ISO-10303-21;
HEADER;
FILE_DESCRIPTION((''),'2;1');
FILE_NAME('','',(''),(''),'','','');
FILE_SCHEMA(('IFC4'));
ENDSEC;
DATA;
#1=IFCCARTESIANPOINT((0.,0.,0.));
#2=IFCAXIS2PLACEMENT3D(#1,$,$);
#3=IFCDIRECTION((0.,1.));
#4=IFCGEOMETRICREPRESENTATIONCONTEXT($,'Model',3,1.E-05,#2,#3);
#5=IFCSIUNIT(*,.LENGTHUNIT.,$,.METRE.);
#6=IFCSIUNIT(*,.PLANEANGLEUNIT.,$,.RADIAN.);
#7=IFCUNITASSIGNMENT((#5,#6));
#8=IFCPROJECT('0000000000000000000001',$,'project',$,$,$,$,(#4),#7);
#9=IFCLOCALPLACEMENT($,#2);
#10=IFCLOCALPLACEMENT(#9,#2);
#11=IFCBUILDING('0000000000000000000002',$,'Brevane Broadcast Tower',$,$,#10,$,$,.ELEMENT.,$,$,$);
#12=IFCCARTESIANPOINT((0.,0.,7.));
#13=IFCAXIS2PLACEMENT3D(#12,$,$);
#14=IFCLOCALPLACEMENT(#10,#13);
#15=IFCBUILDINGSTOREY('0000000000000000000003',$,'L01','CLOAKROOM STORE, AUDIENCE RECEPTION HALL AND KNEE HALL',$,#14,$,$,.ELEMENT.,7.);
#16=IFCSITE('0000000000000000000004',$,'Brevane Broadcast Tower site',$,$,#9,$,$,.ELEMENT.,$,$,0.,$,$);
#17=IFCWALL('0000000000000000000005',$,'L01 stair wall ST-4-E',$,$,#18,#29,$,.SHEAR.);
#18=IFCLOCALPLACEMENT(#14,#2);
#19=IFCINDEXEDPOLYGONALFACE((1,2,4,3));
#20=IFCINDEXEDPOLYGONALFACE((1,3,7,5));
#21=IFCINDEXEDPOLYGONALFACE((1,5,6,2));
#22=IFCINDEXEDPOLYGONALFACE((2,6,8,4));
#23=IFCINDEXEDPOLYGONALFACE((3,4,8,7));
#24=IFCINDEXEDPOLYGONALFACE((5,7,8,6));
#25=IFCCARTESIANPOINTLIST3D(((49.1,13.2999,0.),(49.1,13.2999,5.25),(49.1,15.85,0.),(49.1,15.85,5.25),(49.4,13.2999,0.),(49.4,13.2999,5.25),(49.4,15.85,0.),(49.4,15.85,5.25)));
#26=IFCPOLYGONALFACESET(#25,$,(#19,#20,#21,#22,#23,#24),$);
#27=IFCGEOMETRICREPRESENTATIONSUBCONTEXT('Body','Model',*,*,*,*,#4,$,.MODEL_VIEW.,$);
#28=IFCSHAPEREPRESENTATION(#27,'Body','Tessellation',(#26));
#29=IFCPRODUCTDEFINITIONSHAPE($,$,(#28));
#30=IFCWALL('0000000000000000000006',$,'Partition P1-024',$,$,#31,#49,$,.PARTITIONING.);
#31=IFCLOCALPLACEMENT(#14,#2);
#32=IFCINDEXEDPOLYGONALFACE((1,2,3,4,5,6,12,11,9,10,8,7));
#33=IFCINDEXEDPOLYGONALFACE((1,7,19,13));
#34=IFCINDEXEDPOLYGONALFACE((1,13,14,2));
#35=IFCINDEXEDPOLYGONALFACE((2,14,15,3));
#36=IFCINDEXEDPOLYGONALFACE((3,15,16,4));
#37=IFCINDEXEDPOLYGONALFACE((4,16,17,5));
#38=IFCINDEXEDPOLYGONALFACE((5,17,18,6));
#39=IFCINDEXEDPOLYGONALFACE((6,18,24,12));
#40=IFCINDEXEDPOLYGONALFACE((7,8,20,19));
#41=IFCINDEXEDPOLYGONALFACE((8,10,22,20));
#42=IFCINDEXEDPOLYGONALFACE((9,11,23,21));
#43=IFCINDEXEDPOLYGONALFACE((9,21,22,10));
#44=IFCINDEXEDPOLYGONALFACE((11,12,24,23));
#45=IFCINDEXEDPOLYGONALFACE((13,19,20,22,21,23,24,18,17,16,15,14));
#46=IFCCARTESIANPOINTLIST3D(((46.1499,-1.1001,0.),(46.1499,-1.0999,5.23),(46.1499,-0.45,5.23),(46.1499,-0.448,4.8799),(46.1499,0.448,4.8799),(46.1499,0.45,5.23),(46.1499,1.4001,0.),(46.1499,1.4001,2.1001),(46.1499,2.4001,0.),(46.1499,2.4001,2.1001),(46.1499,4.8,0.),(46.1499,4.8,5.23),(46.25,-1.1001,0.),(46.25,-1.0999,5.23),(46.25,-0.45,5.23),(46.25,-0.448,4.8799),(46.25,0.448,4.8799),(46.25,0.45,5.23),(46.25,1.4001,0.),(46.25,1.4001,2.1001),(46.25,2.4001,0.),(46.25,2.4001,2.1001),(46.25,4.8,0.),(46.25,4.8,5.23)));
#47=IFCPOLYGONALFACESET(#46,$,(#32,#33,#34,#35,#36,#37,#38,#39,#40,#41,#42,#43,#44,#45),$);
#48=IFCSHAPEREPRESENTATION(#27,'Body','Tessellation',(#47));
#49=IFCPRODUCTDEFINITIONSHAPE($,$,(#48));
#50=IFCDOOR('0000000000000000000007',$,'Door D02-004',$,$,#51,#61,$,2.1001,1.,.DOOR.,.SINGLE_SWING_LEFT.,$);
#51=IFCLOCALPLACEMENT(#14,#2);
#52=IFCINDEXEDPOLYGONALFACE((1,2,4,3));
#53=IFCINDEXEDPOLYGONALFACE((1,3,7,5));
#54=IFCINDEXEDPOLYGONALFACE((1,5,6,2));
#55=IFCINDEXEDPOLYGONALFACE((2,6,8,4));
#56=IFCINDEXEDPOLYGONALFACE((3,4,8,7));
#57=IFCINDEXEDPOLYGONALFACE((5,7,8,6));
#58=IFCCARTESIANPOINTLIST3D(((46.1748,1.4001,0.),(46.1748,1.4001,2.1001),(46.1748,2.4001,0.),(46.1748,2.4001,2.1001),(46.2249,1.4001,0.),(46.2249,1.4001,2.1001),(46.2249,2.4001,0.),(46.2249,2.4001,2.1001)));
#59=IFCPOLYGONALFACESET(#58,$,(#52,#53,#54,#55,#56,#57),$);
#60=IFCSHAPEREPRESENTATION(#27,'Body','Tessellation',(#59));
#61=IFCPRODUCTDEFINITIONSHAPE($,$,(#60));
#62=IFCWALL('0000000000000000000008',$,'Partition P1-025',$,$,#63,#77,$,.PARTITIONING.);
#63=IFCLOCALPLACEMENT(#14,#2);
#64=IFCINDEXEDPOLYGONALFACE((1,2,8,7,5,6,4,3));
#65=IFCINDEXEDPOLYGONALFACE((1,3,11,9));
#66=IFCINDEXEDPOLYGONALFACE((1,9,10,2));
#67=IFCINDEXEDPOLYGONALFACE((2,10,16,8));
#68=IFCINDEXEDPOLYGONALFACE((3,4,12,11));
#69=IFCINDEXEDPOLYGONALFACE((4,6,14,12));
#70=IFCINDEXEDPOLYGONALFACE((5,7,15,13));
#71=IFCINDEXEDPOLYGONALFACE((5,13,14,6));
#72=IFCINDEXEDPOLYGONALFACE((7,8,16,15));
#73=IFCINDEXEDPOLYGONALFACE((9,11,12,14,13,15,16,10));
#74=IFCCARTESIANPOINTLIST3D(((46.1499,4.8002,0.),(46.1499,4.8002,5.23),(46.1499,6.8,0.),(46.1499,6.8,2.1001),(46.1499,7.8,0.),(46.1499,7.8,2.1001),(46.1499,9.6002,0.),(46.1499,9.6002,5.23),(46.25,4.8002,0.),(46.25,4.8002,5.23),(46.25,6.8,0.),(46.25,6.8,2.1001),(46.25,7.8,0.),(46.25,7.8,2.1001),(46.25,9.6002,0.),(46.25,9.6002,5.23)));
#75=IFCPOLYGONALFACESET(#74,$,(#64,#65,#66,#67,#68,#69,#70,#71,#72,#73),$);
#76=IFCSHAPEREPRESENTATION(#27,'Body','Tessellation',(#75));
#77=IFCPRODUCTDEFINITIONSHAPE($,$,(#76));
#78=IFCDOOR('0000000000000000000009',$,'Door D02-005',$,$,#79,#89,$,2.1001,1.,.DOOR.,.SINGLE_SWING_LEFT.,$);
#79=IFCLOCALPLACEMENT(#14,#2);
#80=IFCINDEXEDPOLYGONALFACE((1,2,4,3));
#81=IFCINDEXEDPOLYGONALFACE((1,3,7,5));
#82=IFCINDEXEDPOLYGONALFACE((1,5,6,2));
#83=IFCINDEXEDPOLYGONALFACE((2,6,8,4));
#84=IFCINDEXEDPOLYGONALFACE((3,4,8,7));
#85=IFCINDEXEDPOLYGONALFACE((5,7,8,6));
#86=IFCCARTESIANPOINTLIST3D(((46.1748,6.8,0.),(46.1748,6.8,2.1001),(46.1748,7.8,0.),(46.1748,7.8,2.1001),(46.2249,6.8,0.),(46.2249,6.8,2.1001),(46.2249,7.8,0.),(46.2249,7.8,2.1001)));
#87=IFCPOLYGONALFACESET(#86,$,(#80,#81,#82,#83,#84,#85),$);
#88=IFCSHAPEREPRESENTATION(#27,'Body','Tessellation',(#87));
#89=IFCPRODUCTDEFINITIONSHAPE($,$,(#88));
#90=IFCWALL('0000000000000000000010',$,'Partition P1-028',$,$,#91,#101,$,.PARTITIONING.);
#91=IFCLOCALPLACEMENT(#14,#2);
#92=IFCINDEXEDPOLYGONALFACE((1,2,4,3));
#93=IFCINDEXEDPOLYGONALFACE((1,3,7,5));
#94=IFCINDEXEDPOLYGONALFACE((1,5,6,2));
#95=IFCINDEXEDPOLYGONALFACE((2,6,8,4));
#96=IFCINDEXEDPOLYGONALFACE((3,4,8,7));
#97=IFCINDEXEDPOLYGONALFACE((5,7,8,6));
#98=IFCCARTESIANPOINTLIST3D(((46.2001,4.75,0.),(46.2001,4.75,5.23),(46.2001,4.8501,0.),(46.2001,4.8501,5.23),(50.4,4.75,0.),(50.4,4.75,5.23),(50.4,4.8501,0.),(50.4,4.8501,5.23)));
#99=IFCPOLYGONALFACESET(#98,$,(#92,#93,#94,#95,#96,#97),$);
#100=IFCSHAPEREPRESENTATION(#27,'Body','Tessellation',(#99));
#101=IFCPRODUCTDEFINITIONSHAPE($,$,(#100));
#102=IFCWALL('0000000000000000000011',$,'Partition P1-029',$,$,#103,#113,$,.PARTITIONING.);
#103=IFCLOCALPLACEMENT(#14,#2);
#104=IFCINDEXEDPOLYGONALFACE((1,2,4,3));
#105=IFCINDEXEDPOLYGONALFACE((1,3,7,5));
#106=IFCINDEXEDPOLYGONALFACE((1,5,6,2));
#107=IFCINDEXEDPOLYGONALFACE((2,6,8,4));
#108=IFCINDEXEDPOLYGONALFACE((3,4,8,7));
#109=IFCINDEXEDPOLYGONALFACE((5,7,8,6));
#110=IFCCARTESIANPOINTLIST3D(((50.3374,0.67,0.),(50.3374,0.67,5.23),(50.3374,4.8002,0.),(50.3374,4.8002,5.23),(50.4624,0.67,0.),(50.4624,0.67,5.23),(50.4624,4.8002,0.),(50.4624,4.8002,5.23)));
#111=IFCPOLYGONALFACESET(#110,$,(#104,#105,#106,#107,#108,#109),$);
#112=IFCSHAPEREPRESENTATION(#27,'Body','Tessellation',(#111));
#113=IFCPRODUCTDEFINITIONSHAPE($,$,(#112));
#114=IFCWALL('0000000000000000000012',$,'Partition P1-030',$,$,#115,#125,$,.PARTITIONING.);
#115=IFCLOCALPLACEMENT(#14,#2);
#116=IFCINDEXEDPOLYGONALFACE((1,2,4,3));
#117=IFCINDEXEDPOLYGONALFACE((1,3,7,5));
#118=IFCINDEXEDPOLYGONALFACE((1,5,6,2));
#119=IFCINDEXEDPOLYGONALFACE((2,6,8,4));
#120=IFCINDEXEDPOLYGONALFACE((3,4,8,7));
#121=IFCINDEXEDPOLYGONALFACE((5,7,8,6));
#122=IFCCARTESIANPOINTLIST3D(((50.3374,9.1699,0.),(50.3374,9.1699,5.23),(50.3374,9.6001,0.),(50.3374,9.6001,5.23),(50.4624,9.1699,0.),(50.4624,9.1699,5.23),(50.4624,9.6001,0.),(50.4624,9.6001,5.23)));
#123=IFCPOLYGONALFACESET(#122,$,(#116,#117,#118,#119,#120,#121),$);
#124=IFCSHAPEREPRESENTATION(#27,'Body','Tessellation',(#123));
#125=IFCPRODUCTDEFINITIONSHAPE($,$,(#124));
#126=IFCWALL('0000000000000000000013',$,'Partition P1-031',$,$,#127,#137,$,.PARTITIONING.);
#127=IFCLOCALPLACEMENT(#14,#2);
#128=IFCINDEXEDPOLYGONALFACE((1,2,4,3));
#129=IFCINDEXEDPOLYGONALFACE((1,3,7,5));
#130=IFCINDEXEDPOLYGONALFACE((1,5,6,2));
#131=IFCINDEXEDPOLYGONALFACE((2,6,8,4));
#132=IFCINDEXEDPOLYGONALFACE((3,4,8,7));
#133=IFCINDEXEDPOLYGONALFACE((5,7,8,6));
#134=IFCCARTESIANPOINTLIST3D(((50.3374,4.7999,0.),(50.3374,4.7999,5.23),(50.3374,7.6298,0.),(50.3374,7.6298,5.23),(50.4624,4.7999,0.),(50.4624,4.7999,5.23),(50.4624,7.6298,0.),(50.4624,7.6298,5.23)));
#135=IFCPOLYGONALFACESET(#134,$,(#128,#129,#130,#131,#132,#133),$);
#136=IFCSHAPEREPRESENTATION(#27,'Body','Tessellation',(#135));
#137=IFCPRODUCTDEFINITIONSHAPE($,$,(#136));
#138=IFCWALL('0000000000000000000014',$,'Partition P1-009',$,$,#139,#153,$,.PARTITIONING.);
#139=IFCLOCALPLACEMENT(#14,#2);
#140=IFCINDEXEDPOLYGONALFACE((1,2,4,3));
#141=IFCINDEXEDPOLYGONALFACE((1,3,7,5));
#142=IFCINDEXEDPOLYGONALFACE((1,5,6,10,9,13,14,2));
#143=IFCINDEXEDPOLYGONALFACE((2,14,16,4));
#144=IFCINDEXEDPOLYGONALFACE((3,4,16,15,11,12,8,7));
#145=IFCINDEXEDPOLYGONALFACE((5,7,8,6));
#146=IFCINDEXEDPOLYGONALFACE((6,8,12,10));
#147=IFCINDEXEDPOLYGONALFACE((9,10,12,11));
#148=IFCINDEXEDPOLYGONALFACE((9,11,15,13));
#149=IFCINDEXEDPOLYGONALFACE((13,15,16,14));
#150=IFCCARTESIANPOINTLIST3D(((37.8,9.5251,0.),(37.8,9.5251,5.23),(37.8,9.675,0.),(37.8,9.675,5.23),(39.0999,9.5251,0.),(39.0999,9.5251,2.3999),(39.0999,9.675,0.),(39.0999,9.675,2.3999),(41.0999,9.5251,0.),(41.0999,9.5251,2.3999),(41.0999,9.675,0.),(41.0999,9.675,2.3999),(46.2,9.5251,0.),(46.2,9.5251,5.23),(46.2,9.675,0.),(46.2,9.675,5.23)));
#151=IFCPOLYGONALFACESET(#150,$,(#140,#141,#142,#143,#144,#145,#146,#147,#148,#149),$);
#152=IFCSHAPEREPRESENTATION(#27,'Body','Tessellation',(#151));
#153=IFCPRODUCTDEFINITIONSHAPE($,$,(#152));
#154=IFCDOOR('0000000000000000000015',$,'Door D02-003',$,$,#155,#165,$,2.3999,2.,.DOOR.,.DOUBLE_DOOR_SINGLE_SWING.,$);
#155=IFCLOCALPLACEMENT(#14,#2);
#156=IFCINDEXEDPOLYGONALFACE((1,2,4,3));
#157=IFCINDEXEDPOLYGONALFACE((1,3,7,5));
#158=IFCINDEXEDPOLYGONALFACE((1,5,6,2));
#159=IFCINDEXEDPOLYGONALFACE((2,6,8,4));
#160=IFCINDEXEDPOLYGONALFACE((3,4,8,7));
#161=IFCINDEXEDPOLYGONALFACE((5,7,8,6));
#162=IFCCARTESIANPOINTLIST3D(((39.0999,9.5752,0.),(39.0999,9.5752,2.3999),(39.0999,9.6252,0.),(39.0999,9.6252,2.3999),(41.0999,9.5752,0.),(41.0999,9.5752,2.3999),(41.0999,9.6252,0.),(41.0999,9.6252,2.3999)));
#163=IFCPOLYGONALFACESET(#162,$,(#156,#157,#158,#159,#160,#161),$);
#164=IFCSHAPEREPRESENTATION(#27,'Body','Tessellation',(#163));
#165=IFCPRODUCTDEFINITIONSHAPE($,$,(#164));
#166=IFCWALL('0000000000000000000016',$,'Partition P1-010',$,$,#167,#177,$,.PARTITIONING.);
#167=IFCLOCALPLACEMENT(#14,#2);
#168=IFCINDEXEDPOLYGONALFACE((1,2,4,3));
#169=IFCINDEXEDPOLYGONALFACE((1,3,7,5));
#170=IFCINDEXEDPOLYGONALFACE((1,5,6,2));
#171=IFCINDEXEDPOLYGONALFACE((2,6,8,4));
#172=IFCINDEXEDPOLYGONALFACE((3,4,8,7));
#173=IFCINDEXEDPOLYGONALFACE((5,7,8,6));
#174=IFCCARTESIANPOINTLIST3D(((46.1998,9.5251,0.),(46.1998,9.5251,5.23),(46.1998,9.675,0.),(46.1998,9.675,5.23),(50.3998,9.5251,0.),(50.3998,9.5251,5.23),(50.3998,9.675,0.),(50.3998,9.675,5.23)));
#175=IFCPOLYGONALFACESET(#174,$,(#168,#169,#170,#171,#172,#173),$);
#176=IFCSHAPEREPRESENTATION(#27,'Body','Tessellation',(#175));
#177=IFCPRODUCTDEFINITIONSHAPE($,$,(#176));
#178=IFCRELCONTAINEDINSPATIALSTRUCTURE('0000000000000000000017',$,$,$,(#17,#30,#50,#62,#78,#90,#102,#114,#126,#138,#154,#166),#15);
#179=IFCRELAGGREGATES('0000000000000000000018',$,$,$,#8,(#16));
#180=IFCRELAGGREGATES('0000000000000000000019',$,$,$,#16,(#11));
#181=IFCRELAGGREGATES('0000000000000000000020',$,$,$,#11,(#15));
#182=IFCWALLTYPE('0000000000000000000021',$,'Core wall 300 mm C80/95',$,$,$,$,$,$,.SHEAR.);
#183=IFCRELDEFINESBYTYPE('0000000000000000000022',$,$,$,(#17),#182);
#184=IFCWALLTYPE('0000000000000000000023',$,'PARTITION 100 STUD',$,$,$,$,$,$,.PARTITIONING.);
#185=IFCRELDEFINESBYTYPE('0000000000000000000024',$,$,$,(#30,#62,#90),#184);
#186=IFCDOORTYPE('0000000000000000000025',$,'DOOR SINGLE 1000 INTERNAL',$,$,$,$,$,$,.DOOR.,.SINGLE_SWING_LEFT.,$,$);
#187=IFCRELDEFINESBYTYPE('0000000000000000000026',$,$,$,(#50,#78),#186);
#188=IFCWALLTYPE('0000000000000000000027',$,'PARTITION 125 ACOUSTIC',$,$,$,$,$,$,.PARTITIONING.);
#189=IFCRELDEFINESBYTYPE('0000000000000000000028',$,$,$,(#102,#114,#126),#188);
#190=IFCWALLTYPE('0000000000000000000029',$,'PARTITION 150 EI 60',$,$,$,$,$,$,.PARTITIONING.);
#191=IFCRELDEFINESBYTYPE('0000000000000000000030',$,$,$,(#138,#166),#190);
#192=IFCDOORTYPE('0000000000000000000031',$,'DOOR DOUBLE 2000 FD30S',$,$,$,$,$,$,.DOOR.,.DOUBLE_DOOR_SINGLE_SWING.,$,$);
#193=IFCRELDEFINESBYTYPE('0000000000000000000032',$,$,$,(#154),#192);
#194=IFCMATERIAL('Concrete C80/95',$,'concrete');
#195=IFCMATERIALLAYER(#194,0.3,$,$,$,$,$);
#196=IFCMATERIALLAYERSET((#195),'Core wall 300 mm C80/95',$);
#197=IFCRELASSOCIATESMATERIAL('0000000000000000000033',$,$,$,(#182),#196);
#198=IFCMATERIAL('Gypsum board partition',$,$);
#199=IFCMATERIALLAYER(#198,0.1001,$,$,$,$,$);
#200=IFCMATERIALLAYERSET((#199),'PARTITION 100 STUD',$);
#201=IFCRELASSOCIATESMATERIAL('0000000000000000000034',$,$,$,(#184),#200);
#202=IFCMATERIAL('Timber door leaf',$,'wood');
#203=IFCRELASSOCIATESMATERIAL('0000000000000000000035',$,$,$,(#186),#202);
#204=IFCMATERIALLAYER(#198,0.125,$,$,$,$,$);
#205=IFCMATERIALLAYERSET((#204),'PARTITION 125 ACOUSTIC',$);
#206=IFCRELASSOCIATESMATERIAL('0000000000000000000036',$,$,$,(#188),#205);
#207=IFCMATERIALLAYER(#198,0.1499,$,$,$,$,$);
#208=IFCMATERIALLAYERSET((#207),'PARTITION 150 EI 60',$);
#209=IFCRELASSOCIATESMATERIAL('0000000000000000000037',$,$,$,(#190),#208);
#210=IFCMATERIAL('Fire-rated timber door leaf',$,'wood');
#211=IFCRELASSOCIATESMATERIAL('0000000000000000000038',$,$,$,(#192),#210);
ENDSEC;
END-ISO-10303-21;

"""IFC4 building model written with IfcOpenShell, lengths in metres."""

from ifc_helpers import new_model, si_unit, direction, frame, frame_2d, origin, place, context, subcontext, project, spatial, polyline, rectangle, outline, extrude, material, layer, layer_set, type_object, element, fill, save


model = new_model("IFC4")

# Units and contexts
model_context = context("Model", 3, precision=1e-05, world=origin(), true_north=direction((0.0, 1.0)))
body_context = subcontext(model_context, "Body", "Model", "MODEL_VIEW")
ifc_project = project(units=[si_unit("LENGTHUNIT", "METRE"), si_unit("PLANEANGLEUNIT", "RADIAN")], contexts=[model_context])

# Site, building, storey
site_placement = place(None, origin())
site = spatial("IfcSite", under=ifc_project, at=site_placement, Name="Brevane Broadcast Tower site", CompositionType="ELEMENT", RefElevation=0.0)
building_placement = place(site_placement, origin())
building = spatial("IfcBuilding", under=site, at=building_placement, Name="Brevane Broadcast Tower", CompositionType="ELEMENT")
storey_placement = place(building_placement, frame((0.0, 0.0, 7.0)))
storey = spatial("IfcBuildingStorey", under=building, at=storey_placement, Name="L01", Description="CLOAKROOM STORE, AUDIENCE RECEPTION HALL AND KNEE HALL", CompositionType="ELEMENT", Elevation=7.0)

# Shared definitions
ifc_material_1 = material(Name="Concrete C80/95", Category="concrete")

# Shared definitions
ifc_layer_1 = layer(ifc_material_1, 0.3)
ifc_layer_set_1 = layer_set([ifc_layer_1], Name="Core wall 300 mm C80/95")
wall_type_1 = type_object("IfcWallType", Name="Core wall 300 mm C80/95", PredefinedType="SHEAR", material=ifc_layer_set_1)

# Wall
wall_1_placement = place(storey_placement, frame((49.25, 13.3, 0.0), z_axis=(0.0, 0.0, 1.0), x_axis=(0.0, 1.0, 0.0)))
element("IfcWall", 1, at=wall_1_placement, inside=storey, type_object=wall_type_1, Name="L01 stair wall ST-4-E", PredefinedType="SHEAR", context=body_context, shape_type="SweptSolid", body=[
    extrude(rectangle(XDim=2.55, YDim=0.3, at=frame_2d((1.2749, 0.0))), origin(), (0.0, 0.0, 1.0), 5.25),
])

# Walls, openings, doors
ifc_material_2 = material(Name="Gypsum board partition")
ifc_layer_2 = layer(ifc_material_2, 0.1001)
ifc_layer_set_2 = layer_set([ifc_layer_2], Name="PARTITION 100 STUD")
wall_type_2 = type_object("IfcWallType", Name="PARTITION 100 STUD", PredefinedType="PARTITIONING", material=ifc_layer_set_2)
wall_2_placement = place(storey_placement, frame((46.2, 4.8, 0.0), z_axis=(0.0, 0.0, 1.0), x_axis=(0.0, -1.0, 0.0)))
wall_2 = element("IfcWall", 2, at=wall_2_placement, inside=storey, type_object=wall_type_2, Name="Partition P1-024", PredefinedType="PARTITIONING", context=body_context, shape_type="SweptSolid", body=[
    extrude(outline(polyline([(0.0, 0.0), (5.9001, 0.0), (5.8999, 5.23), (5.25, 5.23), (5.248, 4.8799), (4.3521, 4.8799), (4.3501, 5.23), (0.0, 5.23), (0.0, 0.0)])), frame((0.0, 0.05, 0.0), z_axis=(0.0, -1.0, 0.0), x_axis=(1.0, 0.0, 0.0)), (0.0, 0.0, 1.0), 0.1001),
])
opening_1_placement = place(wall_2_placement, frame((2.3999, 0.0, 0.0)))
opening_1 = element("IfcOpeningElement", 3, at=opening_1_placement, cuts=wall_2, PredefinedType="OPENING", context=body_context, shape_type="SweptSolid", body=[
    extrude(rectangle(XDim=1.0, YDim=2.1001, at=frame_2d((0.5, 1.05))), frame((0.0, 0.0601, 0.0), z_axis=(0.0, -1.0, 0.0), x_axis=(1.0, 0.0, 0.0)), (0.0, 0.0, 1.0), 0.1201),
])
ifc_material_3 = material(Name="Timber door leaf", Category="wood")
door_type_1 = type_object("IfcDoorType", Name="DOOR SINGLE 1000 INTERNAL", OperationType="SINGLE_SWING_LEFT", PredefinedType="DOOR", material=ifc_material_3)
door_1_placement = place(opening_1_placement, origin())
door_1 = element("IfcDoor", 4, at=door_1_placement, inside=storey, type_object=door_type_1, Name="Door D02-004", OperationType="SINGLE_SWING_LEFT", OverallHeight=2.1001, OverallWidth=1.0, PredefinedType="DOOR", context=body_context, shape_type="SweptSolid", body=[
    extrude(rectangle(XDim=1.0, YDim=2.1001, at=frame_2d((0.5, 1.05))), frame((0.0, 0.0249, 0.0), z_axis=(0.0, -1.0, 0.0), x_axis=(1.0, 0.0, 0.0)), (0.0, 0.0, 1.0), 0.05),
])
fill(opening_1, door_1)
wall_3_placement = place(storey_placement, frame((46.2, 9.6001, 0.0), z_axis=(0.0, 0.0, 1.0), x_axis=(0.0, -1.0, 0.0)))
wall_3 = element("IfcWall", 5, at=wall_3_placement, inside=storey, type_object=wall_type_2, Name="Partition P1-025", PredefinedType="PARTITIONING", context=body_context, shape_type="SweptSolid", body=[
    extrude(rectangle(XDim=4.8, YDim=0.1001, at=frame_2d((2.3999, 0.0))), origin(), (0.0, 0.0, 1.0), 5.23),
])
opening_2_placement = place(wall_3_placement, frame((1.8, 0.0, 0.0)))
opening_2 = element("IfcOpeningElement", 6, at=opening_2_placement, cuts=wall_3, PredefinedType="OPENING", context=body_context, shape_type="SweptSolid", body=[
    extrude(rectangle(XDim=1.0, YDim=2.1001, at=frame_2d((0.5, 1.05))), frame((0.0, 0.0601, 0.0), z_axis=(0.0, -1.0, 0.0), x_axis=(1.0, 0.0, 0.0)), (0.0, 0.0, 1.0), 0.1201),
])
door_2_placement = place(opening_2_placement, origin())
door_2 = element("IfcDoor", 7, at=door_2_placement, inside=storey, type_object=door_type_1, Name="Door D02-005", OperationType="SINGLE_SWING_LEFT", OverallHeight=2.1001, OverallWidth=1.0, PredefinedType="DOOR", context=body_context, shape_type="SweptSolid", body=[
    extrude(rectangle(XDim=1.0, YDim=2.1001, at=frame_2d((0.5, 1.05))), frame((0.0, 0.0249, 0.0), z_axis=(0.0, -1.0, 0.0), x_axis=(1.0, 0.0, 0.0)), (0.0, 0.0, 1.0), 0.05),
])
fill(opening_2, door_2)

# Walls
wall_4_placement = place(storey_placement, frame((46.2, 4.8, 0.0), z_axis=(0.0, 0.0, 1.0), x_axis=(1.0, 0.0, 0.0)))
element("IfcWall", 8, at=wall_4_placement, inside=storey, type_object=wall_type_2, Name="Partition P1-028", PredefinedType="PARTITIONING", context=body_context, shape_type="SweptSolid", body=[
    extrude(rectangle(XDim=4.2, YDim=0.1001, at=frame_2d((2.1001, 0.0))), origin(), (0.0, 0.0, 1.0), 5.23),
])
ifc_layer_3 = layer(ifc_material_2, 0.125)
ifc_layer_set_3 = layer_set([ifc_layer_3], Name="PARTITION 125 ACOUSTIC")
wall_type_3 = type_object("IfcWallType", Name="PARTITION 125 ACOUSTIC", PredefinedType="PARTITIONING", material=ifc_layer_set_3)
wall_5_placement = place(storey_placement, frame((50.3999, 4.8, 0.0), z_axis=(0.0, 0.0, 1.0), x_axis=(0.0, -1.0, 0.0)))
element("IfcWall", 9, at=wall_5_placement, inside=storey, type_object=wall_type_3, Name="Partition P1-029", PredefinedType="PARTITIONING", context=body_context, shape_type="SweptSolid", body=[
    extrude(rectangle(XDim=4.1301, YDim=0.125, at=frame_2d((2.0649, 0.0))), origin(), (0.0, 0.0, 1.0), 5.23),
])
wall_6_placement = place(storey_placement, frame((50.3999, 9.6001, 0.0), z_axis=(0.0, 0.0, 1.0), x_axis=(0.0, -1.0, 0.0)))
element("IfcWall", 10, at=wall_6_placement, inside=storey, type_object=wall_type_3, Name="Partition P1-030", PredefinedType="PARTITIONING", context=body_context, shape_type="SweptSolid", body=[
    extrude(rectangle(XDim=0.4302, YDim=0.125, at=frame_2d((0.2151, 0.0))), origin(), (0.0, 0.0, 1.0), 5.23),
])
wall_7_placement = place(storey_placement, frame((50.3999, 7.6299, 0.0), z_axis=(0.0, 0.0, 1.0), x_axis=(0.0, -1.0, 0.0)))
element("IfcWall", 11, at=wall_7_placement, inside=storey, type_object=wall_type_3, Name="Partition P1-031", PredefinedType="PARTITIONING", context=body_context, shape_type="SweptSolid", body=[
    extrude(rectangle(XDim=2.8298, YDim=0.125, at=frame_2d((1.415, 0.0))), origin(), (0.0, 0.0, 1.0), 5.23),
])

# Wall, opening, door
ifc_layer_4 = layer(ifc_material_2, 0.1499)
ifc_layer_set_4 = layer_set([ifc_layer_4], Name="PARTITION 150 EI 60")
wall_type_4 = type_object("IfcWallType", Name="PARTITION 150 EI 60", PredefinedType="PARTITIONING", material=ifc_layer_set_4)
wall_8_placement = place(storey_placement, frame((46.2, 9.6001, 0.0), z_axis=(0.0, 0.0, 1.0), x_axis=(-1.0, 0.0, 0.0)))
wall_8 = element("IfcWall", 12, at=wall_8_placement, inside=storey, type_object=wall_type_4, Name="Partition P1-009", PredefinedType="PARTITIONING", context=body_context, shape_type="SweptSolid", body=[
    extrude(rectangle(XDim=8.3999, YDim=0.1499, at=frame_2d((4.2, 0.0))), origin(), (0.0, 0.0, 1.0), 5.23),
])
opening_3_placement = place(wall_8_placement, frame((5.1001, 0.0, 0.0)))
opening_3 = element("IfcOpeningElement", 13, at=opening_3_placement, cuts=wall_8, PredefinedType="OPENING", context=body_context, shape_type="SweptSolid", body=[
    extrude(rectangle(XDim=2.0, YDim=2.3999, at=frame_2d((1.0, 1.2))), frame((0.0, 0.085, 0.0), z_axis=(0.0, -1.0, 0.0), x_axis=(1.0, 0.0, 0.0)), (0.0, 0.0, 1.0), 0.1699),
])
ifc_material_4 = material(Name="Fire-rated timber door leaf", Category="wood")
door_type_2 = type_object("IfcDoorType", Name="DOOR DOUBLE 2000 FD30S", OperationType="DOUBLE_DOOR_SINGLE_SWING", PredefinedType="DOOR", material=ifc_material_4)
door_3_placement = place(opening_3_placement, origin())
door_3 = element("IfcDoor", 14, at=door_3_placement, inside=storey, type_object=door_type_2, Name="Door D02-003", OperationType="DOUBLE_DOOR_SINGLE_SWING", OverallHeight=2.3999, OverallWidth=2.0, PredefinedType="DOOR", context=body_context, shape_type="SweptSolid", body=[
    extrude(rectangle(XDim=2.0, YDim=2.3999, at=frame_2d((1.0, 1.2))), frame((0.0, 0.0249, 0.0), z_axis=(0.0, -1.0, 0.0), x_axis=(1.0, 0.0, 0.0)), (0.0, 0.0, 1.0), 0.05),
])
fill(opening_3, door_3)

# Wall
wall_9_placement = place(storey_placement, frame((50.3999, 9.6001, 0.0), z_axis=(0.0, 0.0, 1.0), x_axis=(-1.0, 0.0, 0.0)))
element("IfcWall", 15, at=wall_9_placement, inside=storey, type_object=wall_type_4, Name="Partition P1-010", PredefinedType="PARTITIONING", context=body_context, shape_type="SweptSolid", body=[
    extrude(rectangle(XDim=4.2, YDim=0.1499, at=frame_2d((2.1001, 0.0))), origin(), (0.0, 0.0, 1.0), 5.23),
])

save(model, "model.ifc")
